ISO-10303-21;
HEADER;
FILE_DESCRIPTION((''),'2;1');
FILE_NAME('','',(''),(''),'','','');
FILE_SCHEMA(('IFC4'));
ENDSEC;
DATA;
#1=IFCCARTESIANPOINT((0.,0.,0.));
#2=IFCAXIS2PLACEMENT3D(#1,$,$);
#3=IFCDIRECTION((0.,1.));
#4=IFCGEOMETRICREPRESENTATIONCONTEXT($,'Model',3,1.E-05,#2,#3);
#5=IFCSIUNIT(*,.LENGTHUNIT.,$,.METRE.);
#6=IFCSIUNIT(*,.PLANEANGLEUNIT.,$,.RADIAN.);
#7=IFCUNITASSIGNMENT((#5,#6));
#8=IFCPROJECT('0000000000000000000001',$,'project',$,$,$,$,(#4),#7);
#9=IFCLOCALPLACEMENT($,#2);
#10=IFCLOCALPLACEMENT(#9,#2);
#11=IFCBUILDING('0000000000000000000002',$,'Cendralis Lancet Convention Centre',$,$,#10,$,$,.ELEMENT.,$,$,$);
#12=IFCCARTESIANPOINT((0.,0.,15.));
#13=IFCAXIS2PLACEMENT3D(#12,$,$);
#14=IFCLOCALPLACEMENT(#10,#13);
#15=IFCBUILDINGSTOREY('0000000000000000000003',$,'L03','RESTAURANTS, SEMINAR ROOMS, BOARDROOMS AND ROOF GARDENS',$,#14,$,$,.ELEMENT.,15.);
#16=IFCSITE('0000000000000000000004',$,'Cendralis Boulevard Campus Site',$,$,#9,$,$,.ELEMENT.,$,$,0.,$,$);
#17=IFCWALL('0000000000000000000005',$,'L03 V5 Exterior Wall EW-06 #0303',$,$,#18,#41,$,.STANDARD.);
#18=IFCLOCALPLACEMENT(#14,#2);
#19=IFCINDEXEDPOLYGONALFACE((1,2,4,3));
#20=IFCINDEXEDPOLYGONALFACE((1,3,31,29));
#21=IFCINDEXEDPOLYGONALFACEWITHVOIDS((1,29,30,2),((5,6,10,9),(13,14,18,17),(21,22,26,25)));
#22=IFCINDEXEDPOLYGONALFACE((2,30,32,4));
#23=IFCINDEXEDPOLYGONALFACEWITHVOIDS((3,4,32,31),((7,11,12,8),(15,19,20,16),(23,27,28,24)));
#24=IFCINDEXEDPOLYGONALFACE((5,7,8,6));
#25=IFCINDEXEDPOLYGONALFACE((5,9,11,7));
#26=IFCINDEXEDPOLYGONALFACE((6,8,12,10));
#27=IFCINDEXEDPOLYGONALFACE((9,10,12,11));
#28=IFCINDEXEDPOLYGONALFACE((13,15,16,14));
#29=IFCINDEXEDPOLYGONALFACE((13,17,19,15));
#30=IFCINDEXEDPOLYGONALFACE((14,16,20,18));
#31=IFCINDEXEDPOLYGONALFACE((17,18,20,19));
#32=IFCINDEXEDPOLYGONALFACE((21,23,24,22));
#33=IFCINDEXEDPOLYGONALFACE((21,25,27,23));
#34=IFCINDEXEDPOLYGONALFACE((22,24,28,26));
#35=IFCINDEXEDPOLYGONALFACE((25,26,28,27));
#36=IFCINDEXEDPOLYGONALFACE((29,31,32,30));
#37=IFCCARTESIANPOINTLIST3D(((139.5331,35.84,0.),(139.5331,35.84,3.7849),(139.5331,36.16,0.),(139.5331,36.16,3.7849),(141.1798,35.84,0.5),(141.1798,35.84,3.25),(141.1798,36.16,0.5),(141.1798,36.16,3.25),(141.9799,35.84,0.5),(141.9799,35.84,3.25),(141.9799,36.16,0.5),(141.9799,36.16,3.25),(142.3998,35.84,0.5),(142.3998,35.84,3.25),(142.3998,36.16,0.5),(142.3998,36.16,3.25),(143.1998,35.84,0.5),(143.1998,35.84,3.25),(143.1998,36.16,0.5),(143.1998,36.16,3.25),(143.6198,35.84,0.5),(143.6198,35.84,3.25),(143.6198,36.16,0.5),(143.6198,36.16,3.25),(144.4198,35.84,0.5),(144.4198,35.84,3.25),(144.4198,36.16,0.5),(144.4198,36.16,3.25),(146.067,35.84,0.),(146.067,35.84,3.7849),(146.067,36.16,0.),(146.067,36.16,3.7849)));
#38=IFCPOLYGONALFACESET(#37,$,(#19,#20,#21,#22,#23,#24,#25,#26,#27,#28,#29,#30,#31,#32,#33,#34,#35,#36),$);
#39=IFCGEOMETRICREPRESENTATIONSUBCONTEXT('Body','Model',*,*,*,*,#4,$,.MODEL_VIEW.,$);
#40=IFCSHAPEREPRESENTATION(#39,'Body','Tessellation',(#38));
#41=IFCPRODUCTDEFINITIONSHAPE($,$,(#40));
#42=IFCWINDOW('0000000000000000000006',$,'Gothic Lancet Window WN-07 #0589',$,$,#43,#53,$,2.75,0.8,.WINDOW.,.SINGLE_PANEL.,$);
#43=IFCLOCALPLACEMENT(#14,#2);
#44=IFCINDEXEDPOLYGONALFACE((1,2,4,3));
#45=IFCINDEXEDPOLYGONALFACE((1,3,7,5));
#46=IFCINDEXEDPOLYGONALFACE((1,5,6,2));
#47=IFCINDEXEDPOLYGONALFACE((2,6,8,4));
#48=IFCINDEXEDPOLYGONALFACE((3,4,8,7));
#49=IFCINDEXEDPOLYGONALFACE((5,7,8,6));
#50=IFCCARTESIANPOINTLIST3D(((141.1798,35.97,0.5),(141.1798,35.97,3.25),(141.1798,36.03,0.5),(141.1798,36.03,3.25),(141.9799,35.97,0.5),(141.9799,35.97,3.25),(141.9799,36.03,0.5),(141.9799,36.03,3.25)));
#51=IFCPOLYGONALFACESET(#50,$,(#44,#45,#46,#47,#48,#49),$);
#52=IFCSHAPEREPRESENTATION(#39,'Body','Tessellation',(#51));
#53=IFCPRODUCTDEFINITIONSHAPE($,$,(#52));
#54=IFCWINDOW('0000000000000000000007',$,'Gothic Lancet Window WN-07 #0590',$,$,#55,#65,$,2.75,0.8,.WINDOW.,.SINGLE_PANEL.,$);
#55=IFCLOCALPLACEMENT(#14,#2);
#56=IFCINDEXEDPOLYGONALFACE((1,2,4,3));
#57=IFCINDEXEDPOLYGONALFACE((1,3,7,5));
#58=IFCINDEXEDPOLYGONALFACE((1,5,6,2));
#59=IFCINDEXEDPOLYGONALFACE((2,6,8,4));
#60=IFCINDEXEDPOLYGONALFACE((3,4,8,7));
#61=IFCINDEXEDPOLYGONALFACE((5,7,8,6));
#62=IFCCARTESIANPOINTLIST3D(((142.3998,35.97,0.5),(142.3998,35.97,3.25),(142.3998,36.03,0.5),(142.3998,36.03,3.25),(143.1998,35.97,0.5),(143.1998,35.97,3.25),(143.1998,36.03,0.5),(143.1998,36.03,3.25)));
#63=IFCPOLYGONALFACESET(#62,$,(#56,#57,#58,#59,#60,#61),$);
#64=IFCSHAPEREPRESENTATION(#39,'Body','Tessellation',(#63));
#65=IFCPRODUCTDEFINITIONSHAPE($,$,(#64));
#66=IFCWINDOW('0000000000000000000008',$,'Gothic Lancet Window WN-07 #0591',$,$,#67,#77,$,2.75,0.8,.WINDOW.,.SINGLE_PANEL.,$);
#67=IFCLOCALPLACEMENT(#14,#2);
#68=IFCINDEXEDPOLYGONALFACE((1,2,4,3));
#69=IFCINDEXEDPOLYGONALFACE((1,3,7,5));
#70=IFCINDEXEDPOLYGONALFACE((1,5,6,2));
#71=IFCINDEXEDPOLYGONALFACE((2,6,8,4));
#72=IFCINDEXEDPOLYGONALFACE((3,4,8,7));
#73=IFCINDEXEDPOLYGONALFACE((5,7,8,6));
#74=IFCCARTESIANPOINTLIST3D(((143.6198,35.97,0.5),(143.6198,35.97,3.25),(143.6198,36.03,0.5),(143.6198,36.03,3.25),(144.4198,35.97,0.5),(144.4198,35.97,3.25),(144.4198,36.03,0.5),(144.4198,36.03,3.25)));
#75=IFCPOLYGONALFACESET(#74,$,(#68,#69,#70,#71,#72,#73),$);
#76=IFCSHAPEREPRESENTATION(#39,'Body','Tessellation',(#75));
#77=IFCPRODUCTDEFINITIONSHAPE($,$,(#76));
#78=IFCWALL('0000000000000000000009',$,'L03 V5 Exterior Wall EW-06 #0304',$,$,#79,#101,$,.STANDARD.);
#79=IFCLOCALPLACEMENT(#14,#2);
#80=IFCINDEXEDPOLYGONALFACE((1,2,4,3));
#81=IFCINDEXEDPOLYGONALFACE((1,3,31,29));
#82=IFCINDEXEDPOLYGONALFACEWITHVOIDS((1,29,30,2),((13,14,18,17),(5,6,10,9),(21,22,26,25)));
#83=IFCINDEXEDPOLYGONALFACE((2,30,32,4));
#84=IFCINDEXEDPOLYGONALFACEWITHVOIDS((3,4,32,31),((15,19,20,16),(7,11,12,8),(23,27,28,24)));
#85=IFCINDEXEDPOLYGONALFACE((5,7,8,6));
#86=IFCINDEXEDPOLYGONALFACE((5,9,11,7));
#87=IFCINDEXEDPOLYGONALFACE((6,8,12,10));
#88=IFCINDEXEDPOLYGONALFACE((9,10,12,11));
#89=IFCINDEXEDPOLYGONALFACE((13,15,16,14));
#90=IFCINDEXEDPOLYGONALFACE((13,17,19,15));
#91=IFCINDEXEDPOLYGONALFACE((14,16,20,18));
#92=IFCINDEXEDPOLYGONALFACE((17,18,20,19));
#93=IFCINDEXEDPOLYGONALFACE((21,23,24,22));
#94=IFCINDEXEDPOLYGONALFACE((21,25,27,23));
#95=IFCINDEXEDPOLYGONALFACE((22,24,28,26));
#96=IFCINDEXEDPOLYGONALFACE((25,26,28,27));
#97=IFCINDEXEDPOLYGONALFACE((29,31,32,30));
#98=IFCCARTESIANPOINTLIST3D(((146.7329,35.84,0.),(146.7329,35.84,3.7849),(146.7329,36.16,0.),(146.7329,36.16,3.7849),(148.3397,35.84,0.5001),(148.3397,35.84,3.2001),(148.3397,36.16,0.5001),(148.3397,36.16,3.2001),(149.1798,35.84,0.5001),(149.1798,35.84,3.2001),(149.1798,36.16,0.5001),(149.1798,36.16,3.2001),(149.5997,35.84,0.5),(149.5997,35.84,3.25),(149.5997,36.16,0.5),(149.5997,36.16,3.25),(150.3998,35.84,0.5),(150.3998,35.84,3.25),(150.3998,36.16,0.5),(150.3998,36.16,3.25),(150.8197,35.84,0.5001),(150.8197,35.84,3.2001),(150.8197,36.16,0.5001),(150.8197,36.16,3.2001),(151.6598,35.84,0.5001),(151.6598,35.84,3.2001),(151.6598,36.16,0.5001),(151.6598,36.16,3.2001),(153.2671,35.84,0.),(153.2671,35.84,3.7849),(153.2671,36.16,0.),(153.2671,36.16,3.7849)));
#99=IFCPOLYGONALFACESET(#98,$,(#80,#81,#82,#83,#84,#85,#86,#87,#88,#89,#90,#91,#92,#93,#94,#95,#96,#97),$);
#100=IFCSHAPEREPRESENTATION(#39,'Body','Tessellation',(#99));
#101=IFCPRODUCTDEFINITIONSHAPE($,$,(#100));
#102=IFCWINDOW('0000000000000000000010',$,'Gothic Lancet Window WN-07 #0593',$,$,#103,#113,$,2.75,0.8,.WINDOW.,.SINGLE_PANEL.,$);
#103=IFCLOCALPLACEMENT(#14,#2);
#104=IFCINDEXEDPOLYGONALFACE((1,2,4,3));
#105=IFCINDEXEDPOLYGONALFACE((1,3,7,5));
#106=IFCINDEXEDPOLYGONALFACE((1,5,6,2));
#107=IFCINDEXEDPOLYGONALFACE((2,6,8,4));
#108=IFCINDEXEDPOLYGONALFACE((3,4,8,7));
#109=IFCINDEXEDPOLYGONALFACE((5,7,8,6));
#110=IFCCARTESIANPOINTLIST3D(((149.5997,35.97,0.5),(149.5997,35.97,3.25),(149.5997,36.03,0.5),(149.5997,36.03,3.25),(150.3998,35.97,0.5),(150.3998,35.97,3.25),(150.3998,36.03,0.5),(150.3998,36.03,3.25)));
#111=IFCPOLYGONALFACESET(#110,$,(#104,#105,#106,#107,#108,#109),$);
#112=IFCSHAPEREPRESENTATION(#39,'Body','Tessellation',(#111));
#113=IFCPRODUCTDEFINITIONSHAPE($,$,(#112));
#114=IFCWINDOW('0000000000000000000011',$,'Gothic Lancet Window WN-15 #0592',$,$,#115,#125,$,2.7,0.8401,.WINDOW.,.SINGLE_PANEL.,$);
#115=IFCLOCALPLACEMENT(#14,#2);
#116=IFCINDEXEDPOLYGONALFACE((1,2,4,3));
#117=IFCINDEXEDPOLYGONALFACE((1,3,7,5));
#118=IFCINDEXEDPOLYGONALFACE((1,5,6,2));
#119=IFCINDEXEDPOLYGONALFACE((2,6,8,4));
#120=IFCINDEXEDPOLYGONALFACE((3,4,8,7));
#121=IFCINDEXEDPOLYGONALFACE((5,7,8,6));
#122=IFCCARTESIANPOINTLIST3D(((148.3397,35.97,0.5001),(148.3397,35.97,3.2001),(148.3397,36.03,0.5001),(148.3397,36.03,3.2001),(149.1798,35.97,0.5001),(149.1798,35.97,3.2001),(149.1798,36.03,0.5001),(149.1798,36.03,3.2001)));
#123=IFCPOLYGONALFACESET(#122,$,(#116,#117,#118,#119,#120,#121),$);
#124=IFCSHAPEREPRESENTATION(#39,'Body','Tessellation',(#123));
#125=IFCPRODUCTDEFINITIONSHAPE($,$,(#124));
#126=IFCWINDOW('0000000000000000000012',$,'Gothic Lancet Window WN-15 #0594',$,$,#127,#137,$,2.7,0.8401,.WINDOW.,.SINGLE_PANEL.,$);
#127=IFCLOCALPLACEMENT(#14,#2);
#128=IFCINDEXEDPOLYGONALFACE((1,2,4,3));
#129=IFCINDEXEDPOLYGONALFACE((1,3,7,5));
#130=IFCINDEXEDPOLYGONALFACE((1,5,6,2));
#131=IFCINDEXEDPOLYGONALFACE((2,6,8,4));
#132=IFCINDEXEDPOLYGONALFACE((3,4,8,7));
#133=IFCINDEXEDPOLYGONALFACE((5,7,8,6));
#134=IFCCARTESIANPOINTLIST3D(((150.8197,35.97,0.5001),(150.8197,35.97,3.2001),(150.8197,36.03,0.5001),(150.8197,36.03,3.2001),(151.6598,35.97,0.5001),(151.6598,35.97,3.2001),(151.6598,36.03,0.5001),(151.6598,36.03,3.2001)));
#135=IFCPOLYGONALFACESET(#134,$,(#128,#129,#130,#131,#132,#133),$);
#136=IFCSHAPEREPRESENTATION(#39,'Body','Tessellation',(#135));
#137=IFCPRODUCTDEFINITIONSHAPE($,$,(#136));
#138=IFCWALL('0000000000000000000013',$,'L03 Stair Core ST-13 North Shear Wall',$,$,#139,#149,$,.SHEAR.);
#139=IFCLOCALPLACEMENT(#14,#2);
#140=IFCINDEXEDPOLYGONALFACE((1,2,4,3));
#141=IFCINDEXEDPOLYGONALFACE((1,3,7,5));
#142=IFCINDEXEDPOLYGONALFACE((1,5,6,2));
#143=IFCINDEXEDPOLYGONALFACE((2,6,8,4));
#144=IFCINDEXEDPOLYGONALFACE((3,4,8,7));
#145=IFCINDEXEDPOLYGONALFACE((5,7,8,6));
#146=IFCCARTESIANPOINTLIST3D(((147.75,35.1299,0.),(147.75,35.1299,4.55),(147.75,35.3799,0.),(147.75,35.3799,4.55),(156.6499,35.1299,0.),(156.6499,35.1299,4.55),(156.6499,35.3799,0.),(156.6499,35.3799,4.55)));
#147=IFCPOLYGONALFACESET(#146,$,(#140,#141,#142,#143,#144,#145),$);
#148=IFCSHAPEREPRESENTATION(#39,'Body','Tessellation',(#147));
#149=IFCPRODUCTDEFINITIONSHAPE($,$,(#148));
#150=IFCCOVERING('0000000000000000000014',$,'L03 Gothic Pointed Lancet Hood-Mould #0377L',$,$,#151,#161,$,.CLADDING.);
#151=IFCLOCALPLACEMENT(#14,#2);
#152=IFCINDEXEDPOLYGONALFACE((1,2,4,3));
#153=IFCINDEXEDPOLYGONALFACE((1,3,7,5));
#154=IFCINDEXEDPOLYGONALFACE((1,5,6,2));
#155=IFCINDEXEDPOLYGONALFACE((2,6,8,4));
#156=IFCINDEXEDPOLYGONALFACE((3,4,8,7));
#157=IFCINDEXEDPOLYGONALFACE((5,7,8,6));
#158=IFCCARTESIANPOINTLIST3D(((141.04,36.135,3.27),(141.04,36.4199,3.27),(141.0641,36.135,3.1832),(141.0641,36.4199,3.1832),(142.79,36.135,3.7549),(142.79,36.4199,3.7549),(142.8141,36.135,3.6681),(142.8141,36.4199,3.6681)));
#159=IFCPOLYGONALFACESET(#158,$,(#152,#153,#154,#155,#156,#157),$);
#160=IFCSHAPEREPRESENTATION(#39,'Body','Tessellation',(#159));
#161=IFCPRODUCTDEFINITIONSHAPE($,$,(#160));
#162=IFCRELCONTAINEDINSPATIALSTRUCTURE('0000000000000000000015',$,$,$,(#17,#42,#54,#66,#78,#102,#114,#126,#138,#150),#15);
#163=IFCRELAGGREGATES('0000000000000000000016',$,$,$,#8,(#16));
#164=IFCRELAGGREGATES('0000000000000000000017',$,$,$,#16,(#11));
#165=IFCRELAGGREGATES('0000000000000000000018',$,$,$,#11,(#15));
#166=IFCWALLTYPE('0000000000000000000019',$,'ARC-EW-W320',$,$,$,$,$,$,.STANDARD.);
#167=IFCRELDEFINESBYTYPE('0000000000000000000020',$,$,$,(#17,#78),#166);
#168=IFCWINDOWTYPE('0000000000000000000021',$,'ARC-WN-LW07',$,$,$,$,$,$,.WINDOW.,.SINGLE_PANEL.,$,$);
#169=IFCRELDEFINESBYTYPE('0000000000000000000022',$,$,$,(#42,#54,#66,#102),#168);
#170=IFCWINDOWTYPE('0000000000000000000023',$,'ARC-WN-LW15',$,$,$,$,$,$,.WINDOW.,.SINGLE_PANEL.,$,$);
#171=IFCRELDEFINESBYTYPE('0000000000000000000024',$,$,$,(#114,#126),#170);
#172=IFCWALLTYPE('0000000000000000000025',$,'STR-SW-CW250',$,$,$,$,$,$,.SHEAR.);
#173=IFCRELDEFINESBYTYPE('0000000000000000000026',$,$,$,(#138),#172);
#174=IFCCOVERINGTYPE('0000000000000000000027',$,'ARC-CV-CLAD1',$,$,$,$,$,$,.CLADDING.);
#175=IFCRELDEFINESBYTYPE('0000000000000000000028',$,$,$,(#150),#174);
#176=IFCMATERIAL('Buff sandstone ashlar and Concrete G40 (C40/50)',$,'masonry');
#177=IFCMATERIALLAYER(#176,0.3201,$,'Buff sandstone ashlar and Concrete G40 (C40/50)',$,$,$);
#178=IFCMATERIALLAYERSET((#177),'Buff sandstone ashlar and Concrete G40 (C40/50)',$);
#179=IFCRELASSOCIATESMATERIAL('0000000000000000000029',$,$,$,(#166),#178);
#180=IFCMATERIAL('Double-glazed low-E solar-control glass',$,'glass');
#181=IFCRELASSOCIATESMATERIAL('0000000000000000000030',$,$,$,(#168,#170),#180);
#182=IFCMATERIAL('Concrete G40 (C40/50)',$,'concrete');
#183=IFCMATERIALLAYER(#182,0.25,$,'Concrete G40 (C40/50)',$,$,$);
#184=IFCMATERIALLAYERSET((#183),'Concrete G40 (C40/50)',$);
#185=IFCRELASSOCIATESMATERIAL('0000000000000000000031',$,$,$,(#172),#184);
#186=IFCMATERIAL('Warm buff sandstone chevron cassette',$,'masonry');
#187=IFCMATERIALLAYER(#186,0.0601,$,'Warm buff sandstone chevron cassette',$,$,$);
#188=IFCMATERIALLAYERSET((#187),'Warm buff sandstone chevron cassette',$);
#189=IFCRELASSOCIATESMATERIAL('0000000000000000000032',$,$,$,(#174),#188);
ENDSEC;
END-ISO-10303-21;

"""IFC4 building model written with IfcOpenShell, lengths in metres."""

from ifc_helpers import new_model, si_unit, direction, frame, frame_2d, origin, place, context, subcontext, project, spatial, polyline, rectangle, outline, extrude, material, layer, layer_set, type_object, element, fill, save


model = new_model("IFC4")

# Units and contexts
model_context = context("Model", 3, precision=1e-05, world=origin(), true_north=direction((0.0, 1.0)))
body_context = subcontext(model_context, "Body", "Model", "MODEL_VIEW")
ifc_project = project(units=[si_unit("LENGTHUNIT", "METRE"), si_unit("PLANEANGLEUNIT", "RADIAN")], contexts=[model_context])

# Site, building, storey
site_placement = place(None, origin())
site = spatial("IfcSite", under=ifc_project, at=site_placement, Name="Cendralis Boulevard Campus Site", CompositionType="ELEMENT", RefElevation=0.0)
building_placement = place(site_placement, origin())
building = spatial("IfcBuilding", under=site, at=building_placement, Name="Cendralis Lancet Convention Centre", CompositionType="ELEMENT")
storey_placement = place(building_placement, frame((0.0, 0.0, 15.0)))
storey = spatial("IfcBuildingStorey", under=building, at=storey_placement, Name="L03", Description="RESTAURANTS, SEMINAR ROOMS, BOARDROOMS AND ROOF GARDENS", CompositionType="ELEMENT", Elevation=15.0)

# Shared definitions
ifc_material_1 = material(Name="Concrete G40 (C40/50)", Category="concrete")

# Walls, openings, windows
ifc_material_2 = material(Name="Buff sandstone ashlar and Concrete G40 (C40/50)", Category="masonry")
ifc_layer_1 = layer(ifc_material_2, 0.3201, Name="Buff sandstone ashlar and Concrete G40 (C40/50)")
ifc_layer_set_1 = layer_set([ifc_layer_1], Name="Buff sandstone ashlar and Concrete G40 (C40/50)")
wall_type_1 = type_object("IfcWallType", Name="ARC-EW-W320", PredefinedType="STANDARD", material=ifc_layer_set_1)
wall_1_placement = place(storey_placement, frame((139.533, 36.0, 0.0), z_axis=(0.0, 0.0, 1.0), x_axis=(1.0, 0.0, 0.0)))
wall_1 = element("IfcWall", 1, at=wall_1_placement, inside=storey, type_object=wall_type_1, Name="L03 V5 Exterior Wall EW-06 #0303", PredefinedType="STANDARD", context=body_context, shape_type="SweptSolid", body=[
    extrude(rectangle(XDim=6.5339, YDim=0.3201, at=frame_2d((3.2671, 0.0))), origin(), (0.0, 0.0, 1.0), 3.7849),
])
opening_1_placement = place(wall_1_placement, frame((1.647, 0.0, 0.5)))
opening_1 = element("IfcOpeningElement", 2, at=opening_1_placement, cuts=wall_1, PredefinedType="OPENING", context=body_context, shape_type="SweptSolid", body=[
    extrude(rectangle(XDim=0.8, YDim=2.75, at=frame_2d((0.3999, 1.375))), frame((0.0, 0.1699, 0.0), z_axis=(0.0, -1.0, 0.0), x_axis=(1.0, 0.0, 0.0)), (0.0, 0.0, 1.0), 0.3401),
])
opening_2_placement = place(wall_1_placement, frame((2.8669, 0.0, 0.5)))
opening_2 = element("IfcOpeningElement", 3, at=opening_2_placement, cuts=wall_1, PredefinedType="OPENING", context=body_context, shape_type="SweptSolid", body=[
    extrude(rectangle(XDim=0.8, YDim=2.75, at=frame_2d((0.3999, 1.375))), frame((0.0, 0.1699, 0.0), z_axis=(0.0, -1.0, 0.0), x_axis=(1.0, 0.0, 0.0)), (0.0, 0.0, 1.0), 0.3401),
])
opening_3_placement = place(wall_1_placement, frame((4.0869, 0.0, 0.5)))
opening_3 = element("IfcOpeningElement", 4, at=opening_3_placement, cuts=wall_1, PredefinedType="OPENING", context=body_context, shape_type="SweptSolid", body=[
    extrude(rectangle(XDim=0.8, YDim=2.75, at=frame_2d((0.3999, 1.375))), frame((0.0, 0.1699, 0.0), z_axis=(0.0, -1.0, 0.0), x_axis=(1.0, 0.0, 0.0)), (0.0, 0.0, 1.0), 0.3401),
])
ifc_material_3 = material(Name="Double-glazed low-E solar-control glass", Category="glass")
window_type_1 = type_object("IfcWindowType", Name="ARC-WN-LW07", PartitioningType="SINGLE_PANEL", PredefinedType="WINDOW", material=ifc_material_3)
window_1_placement = place(opening_1_placement, origin())
window_1 = element("IfcWindow", 5, at=window_1_placement, inside=storey, type_object=window_type_1, Name="Gothic Lancet Window WN-07 #0589", OverallHeight=2.75, OverallWidth=0.8, PartitioningType="SINGLE_PANEL", PredefinedType="WINDOW", context=body_context, shape_type="SweptSolid", body=[
    extrude(rectangle(XDim=0.8, YDim=2.75, at=frame_2d((0.3999, 1.375))), frame((0.0, 0.03, 0.0), z_axis=(0.0, -1.0, 0.0), x_axis=(1.0, 0.0, 0.0)), (0.0, 0.0, 1.0), 0.0601),
])
fill(opening_1, window_1)
window_2_placement = place(opening_2_placement, origin())
window_2 = element("IfcWindow", 6, at=window_2_placement, inside=storey, type_object=window_type_1, Name="Gothic Lancet Window WN-07 #0590", OverallHeight=2.75, OverallWidth=0.8, PartitioningType="SINGLE_PANEL", PredefinedType="WINDOW", context=body_context, shape_type="SweptSolid", body=[
    extrude(rectangle(XDim=0.8, YDim=2.75, at=frame_2d((0.3999, 1.375))), frame((0.0, 0.03, 0.0), z_axis=(0.0, -1.0, 0.0), x_axis=(1.0, 0.0, 0.0)), (0.0, 0.0, 1.0), 0.0601),
])
fill(opening_2, window_2)
window_3_placement = place(opening_3_placement, origin())
window_3 = element("IfcWindow", 7, at=window_3_placement, inside=storey, type_object=window_type_1, Name="Gothic Lancet Window WN-07 #0591", OverallHeight=2.75, OverallWidth=0.8, PartitioningType="SINGLE_PANEL", PredefinedType="WINDOW", context=body_context, shape_type="SweptSolid", body=[
    extrude(rectangle(XDim=0.8, YDim=2.75, at=frame_2d((0.3999, 1.375))), frame((0.0, 0.03, 0.0), z_axis=(0.0, -1.0, 0.0), x_axis=(1.0, 0.0, 0.0)), (0.0, 0.0, 1.0), 0.0601),
])
fill(opening_3, window_3)
wall_2_placement = place(storey_placement, frame((146.7329, 36.0, 0.0), z_axis=(0.0, 0.0, 1.0), x_axis=(1.0, 0.0, 0.0)))
wall_2 = element("IfcWall", 8, at=wall_2_placement, inside=storey, type_object=wall_type_1, Name="L03 V5 Exterior Wall EW-06 #0304", PredefinedType="STANDARD", context=body_context, shape_type="SweptSolid", body=[
    extrude(rectangle(XDim=6.5342, YDim=0.3201, at=frame_2d((3.2671, 0.0))), origin(), (0.0, 0.0, 1.0), 3.7849),
])
opening_4_placement = place(wall_2_placement, frame((1.6069, 0.0, 0.5)))
opening_4 = element("IfcOpeningElement", 9, at=opening_4_placement, cuts=wall_2, PredefinedType="OPENING", context=body_context, shape_type="SweptSolid", body=[
    extrude(rectangle(XDim=0.8401, YDim=2.7, at=frame_2d((0.4199, 1.3501))), frame((0.0, 0.1699, 0.0), z_axis=(0.0, -1.0, 0.0), x_axis=(1.0, 0.0, 0.0)), (0.0, 0.0, 1.0), 0.3401),
])
opening_5_placement = place(wall_2_placement, frame((2.8669, 0.0, 0.5)))
opening_5 = element("IfcOpeningElement", 10, at=opening_5_placement, cuts=wall_2, PredefinedType="OPENING", context=body_context, shape_type="SweptSolid", body=[
    extrude(rectangle(XDim=0.8, YDim=2.75, at=frame_2d((0.3999, 1.375))), frame((0.0, 0.1699, 0.0), z_axis=(0.0, -1.0, 0.0), x_axis=(1.0, 0.0, 0.0)), (0.0, 0.0, 1.0), 0.3401),
])
opening_6_placement = place(wall_2_placement, frame((4.0869, 0.0, 0.5)))
opening_6 = element("IfcOpeningElement", 11, at=opening_6_placement, cuts=wall_2, PredefinedType="OPENING", context=body_context, shape_type="SweptSolid", body=[
    extrude(rectangle(XDim=0.8401, YDim=2.7, at=frame_2d((0.4199, 1.3501))), frame((0.0, 0.1699, 0.0), z_axis=(0.0, -1.0, 0.0), x_axis=(1.0, 0.0, 0.0)), (0.0, 0.0, 1.0), 0.3401),
])
window_4_placement = place(opening_5_placement, origin())
window_4 = element("IfcWindow", 12, at=window_4_placement, inside=storey, type_object=window_type_1, Name="Gothic Lancet Window WN-07 #0593", OverallHeight=2.75, OverallWidth=0.8, PartitioningType="SINGLE_PANEL", PredefinedType="WINDOW", context=body_context, shape_type="SweptSolid", body=[
    extrude(rectangle(XDim=0.8, YDim=2.75, at=frame_2d((0.3999, 1.375))), frame((0.0, 0.03, 0.0), z_axis=(0.0, -1.0, 0.0), x_axis=(1.0, 0.0, 0.0)), (0.0, 0.0, 1.0), 0.0601),
])
fill(opening_5, window_4)
window_type_2 = type_object("IfcWindowType", Name="ARC-WN-LW15", PartitioningType="SINGLE_PANEL", PredefinedType="WINDOW", material=ifc_material_3)
window_5_placement = place(opening_4_placement, origin())
window_5 = element("IfcWindow", 13, at=window_5_placement, inside=storey, type_object=window_type_2, Name="Gothic Lancet Window WN-15 #0592", OverallHeight=2.7, OverallWidth=0.8401, PartitioningType="SINGLE_PANEL", PredefinedType="WINDOW", context=body_context, shape_type="SweptSolid", body=[
    extrude(rectangle(XDim=0.8401, YDim=2.7, at=frame_2d((0.4199, 1.3501))), frame((0.0, 0.03, 0.0), z_axis=(0.0, -1.0, 0.0), x_axis=(1.0, 0.0, 0.0)), (0.0, 0.0, 1.0), 0.0601),
])
fill(opening_4, window_5)
window_6_placement = place(opening_6_placement, origin())
window_6 = element("IfcWindow", 14, at=window_6_placement, inside=storey, type_object=window_type_2, Name="Gothic Lancet Window WN-15 #0594", OverallHeight=2.7, OverallWidth=0.8401, PartitioningType="SINGLE_PANEL", PredefinedType="WINDOW", context=body_context, shape_type="SweptSolid", body=[
    extrude(rectangle(XDim=0.8401, YDim=2.7, at=frame_2d((0.4199, 1.3501))), frame((0.0, 0.03, 0.0), z_axis=(0.0, -1.0, 0.0), x_axis=(1.0, 0.0, 0.0)), (0.0, 0.0, 1.0), 0.0601),
])
fill(opening_6, window_6)

# Wall
ifc_layer_2 = layer(ifc_material_1, 0.25, Name="Concrete G40 (C40/50)")
ifc_layer_set_2 = layer_set([ifc_layer_2], Name="Concrete G40 (C40/50)")
wall_type_2 = type_object("IfcWallType", Name="STR-SW-CW250", PredefinedType="SHEAR", material=ifc_layer_set_2)
wall_3_placement = place(storey_placement, frame((147.75, 35.2549, 0.0), z_axis=(0.0, 0.0, 1.0), x_axis=(1.0, 0.0, 0.0)))
element("IfcWall", 15, at=wall_3_placement, inside=storey, type_object=wall_type_2, Name="L03 Stair Core ST-13 North Shear Wall", PredefinedType="SHEAR", context=body_context, shape_type="SweptSolid", body=[
    extrude(rectangle(XDim=8.8999, YDim=0.25, at=frame_2d((4.45, 0.0))), origin(), (0.0, 0.0, 1.0), 4.55),
])

# Covering
ifc_material_4 = material(Name="Warm buff sandstone chevron cassette", Category="masonry")
ifc_layer_3 = layer(ifc_material_4, 0.0601, Name="Warm buff sandstone chevron cassette")
ifc_layer_set_3 = layer_set([ifc_layer_3], Name="Warm buff sandstone chevron cassette")
covering_type = type_object("IfcCoveringType", Name="ARC-CV-CLAD1", PredefinedType="CLADDING", material=ifc_layer_set_3)
for number, where, z_axis, x_axis, name in (
    (16, (141.04, 36.4199, 3.27), (-0.267006, 0.0, 0.963695), (0.0, -1.0, 0.0), "L03 Gothic Pointed Lancet Hood-Mould #0377L"),
):
    element("IfcCovering", number, at=place(storey_placement, frame(where, z_axis=z_axis, x_axis=x_axis)), inside=storey, type_object=covering_type, Name=name, PredefinedType="CLADDING", context=body_context, shape_type="SweptSolid", body=[
        extrude(outline(polyline([(0.0, 0.0), (0.2849, 0.0), (0.2849, 1.8159), (0.0, 1.8159), (0.0, 0.0)])), origin(), (0.0, 0.0, -1.0), 0.0901),
    ])

save(model, "model.ifc")
